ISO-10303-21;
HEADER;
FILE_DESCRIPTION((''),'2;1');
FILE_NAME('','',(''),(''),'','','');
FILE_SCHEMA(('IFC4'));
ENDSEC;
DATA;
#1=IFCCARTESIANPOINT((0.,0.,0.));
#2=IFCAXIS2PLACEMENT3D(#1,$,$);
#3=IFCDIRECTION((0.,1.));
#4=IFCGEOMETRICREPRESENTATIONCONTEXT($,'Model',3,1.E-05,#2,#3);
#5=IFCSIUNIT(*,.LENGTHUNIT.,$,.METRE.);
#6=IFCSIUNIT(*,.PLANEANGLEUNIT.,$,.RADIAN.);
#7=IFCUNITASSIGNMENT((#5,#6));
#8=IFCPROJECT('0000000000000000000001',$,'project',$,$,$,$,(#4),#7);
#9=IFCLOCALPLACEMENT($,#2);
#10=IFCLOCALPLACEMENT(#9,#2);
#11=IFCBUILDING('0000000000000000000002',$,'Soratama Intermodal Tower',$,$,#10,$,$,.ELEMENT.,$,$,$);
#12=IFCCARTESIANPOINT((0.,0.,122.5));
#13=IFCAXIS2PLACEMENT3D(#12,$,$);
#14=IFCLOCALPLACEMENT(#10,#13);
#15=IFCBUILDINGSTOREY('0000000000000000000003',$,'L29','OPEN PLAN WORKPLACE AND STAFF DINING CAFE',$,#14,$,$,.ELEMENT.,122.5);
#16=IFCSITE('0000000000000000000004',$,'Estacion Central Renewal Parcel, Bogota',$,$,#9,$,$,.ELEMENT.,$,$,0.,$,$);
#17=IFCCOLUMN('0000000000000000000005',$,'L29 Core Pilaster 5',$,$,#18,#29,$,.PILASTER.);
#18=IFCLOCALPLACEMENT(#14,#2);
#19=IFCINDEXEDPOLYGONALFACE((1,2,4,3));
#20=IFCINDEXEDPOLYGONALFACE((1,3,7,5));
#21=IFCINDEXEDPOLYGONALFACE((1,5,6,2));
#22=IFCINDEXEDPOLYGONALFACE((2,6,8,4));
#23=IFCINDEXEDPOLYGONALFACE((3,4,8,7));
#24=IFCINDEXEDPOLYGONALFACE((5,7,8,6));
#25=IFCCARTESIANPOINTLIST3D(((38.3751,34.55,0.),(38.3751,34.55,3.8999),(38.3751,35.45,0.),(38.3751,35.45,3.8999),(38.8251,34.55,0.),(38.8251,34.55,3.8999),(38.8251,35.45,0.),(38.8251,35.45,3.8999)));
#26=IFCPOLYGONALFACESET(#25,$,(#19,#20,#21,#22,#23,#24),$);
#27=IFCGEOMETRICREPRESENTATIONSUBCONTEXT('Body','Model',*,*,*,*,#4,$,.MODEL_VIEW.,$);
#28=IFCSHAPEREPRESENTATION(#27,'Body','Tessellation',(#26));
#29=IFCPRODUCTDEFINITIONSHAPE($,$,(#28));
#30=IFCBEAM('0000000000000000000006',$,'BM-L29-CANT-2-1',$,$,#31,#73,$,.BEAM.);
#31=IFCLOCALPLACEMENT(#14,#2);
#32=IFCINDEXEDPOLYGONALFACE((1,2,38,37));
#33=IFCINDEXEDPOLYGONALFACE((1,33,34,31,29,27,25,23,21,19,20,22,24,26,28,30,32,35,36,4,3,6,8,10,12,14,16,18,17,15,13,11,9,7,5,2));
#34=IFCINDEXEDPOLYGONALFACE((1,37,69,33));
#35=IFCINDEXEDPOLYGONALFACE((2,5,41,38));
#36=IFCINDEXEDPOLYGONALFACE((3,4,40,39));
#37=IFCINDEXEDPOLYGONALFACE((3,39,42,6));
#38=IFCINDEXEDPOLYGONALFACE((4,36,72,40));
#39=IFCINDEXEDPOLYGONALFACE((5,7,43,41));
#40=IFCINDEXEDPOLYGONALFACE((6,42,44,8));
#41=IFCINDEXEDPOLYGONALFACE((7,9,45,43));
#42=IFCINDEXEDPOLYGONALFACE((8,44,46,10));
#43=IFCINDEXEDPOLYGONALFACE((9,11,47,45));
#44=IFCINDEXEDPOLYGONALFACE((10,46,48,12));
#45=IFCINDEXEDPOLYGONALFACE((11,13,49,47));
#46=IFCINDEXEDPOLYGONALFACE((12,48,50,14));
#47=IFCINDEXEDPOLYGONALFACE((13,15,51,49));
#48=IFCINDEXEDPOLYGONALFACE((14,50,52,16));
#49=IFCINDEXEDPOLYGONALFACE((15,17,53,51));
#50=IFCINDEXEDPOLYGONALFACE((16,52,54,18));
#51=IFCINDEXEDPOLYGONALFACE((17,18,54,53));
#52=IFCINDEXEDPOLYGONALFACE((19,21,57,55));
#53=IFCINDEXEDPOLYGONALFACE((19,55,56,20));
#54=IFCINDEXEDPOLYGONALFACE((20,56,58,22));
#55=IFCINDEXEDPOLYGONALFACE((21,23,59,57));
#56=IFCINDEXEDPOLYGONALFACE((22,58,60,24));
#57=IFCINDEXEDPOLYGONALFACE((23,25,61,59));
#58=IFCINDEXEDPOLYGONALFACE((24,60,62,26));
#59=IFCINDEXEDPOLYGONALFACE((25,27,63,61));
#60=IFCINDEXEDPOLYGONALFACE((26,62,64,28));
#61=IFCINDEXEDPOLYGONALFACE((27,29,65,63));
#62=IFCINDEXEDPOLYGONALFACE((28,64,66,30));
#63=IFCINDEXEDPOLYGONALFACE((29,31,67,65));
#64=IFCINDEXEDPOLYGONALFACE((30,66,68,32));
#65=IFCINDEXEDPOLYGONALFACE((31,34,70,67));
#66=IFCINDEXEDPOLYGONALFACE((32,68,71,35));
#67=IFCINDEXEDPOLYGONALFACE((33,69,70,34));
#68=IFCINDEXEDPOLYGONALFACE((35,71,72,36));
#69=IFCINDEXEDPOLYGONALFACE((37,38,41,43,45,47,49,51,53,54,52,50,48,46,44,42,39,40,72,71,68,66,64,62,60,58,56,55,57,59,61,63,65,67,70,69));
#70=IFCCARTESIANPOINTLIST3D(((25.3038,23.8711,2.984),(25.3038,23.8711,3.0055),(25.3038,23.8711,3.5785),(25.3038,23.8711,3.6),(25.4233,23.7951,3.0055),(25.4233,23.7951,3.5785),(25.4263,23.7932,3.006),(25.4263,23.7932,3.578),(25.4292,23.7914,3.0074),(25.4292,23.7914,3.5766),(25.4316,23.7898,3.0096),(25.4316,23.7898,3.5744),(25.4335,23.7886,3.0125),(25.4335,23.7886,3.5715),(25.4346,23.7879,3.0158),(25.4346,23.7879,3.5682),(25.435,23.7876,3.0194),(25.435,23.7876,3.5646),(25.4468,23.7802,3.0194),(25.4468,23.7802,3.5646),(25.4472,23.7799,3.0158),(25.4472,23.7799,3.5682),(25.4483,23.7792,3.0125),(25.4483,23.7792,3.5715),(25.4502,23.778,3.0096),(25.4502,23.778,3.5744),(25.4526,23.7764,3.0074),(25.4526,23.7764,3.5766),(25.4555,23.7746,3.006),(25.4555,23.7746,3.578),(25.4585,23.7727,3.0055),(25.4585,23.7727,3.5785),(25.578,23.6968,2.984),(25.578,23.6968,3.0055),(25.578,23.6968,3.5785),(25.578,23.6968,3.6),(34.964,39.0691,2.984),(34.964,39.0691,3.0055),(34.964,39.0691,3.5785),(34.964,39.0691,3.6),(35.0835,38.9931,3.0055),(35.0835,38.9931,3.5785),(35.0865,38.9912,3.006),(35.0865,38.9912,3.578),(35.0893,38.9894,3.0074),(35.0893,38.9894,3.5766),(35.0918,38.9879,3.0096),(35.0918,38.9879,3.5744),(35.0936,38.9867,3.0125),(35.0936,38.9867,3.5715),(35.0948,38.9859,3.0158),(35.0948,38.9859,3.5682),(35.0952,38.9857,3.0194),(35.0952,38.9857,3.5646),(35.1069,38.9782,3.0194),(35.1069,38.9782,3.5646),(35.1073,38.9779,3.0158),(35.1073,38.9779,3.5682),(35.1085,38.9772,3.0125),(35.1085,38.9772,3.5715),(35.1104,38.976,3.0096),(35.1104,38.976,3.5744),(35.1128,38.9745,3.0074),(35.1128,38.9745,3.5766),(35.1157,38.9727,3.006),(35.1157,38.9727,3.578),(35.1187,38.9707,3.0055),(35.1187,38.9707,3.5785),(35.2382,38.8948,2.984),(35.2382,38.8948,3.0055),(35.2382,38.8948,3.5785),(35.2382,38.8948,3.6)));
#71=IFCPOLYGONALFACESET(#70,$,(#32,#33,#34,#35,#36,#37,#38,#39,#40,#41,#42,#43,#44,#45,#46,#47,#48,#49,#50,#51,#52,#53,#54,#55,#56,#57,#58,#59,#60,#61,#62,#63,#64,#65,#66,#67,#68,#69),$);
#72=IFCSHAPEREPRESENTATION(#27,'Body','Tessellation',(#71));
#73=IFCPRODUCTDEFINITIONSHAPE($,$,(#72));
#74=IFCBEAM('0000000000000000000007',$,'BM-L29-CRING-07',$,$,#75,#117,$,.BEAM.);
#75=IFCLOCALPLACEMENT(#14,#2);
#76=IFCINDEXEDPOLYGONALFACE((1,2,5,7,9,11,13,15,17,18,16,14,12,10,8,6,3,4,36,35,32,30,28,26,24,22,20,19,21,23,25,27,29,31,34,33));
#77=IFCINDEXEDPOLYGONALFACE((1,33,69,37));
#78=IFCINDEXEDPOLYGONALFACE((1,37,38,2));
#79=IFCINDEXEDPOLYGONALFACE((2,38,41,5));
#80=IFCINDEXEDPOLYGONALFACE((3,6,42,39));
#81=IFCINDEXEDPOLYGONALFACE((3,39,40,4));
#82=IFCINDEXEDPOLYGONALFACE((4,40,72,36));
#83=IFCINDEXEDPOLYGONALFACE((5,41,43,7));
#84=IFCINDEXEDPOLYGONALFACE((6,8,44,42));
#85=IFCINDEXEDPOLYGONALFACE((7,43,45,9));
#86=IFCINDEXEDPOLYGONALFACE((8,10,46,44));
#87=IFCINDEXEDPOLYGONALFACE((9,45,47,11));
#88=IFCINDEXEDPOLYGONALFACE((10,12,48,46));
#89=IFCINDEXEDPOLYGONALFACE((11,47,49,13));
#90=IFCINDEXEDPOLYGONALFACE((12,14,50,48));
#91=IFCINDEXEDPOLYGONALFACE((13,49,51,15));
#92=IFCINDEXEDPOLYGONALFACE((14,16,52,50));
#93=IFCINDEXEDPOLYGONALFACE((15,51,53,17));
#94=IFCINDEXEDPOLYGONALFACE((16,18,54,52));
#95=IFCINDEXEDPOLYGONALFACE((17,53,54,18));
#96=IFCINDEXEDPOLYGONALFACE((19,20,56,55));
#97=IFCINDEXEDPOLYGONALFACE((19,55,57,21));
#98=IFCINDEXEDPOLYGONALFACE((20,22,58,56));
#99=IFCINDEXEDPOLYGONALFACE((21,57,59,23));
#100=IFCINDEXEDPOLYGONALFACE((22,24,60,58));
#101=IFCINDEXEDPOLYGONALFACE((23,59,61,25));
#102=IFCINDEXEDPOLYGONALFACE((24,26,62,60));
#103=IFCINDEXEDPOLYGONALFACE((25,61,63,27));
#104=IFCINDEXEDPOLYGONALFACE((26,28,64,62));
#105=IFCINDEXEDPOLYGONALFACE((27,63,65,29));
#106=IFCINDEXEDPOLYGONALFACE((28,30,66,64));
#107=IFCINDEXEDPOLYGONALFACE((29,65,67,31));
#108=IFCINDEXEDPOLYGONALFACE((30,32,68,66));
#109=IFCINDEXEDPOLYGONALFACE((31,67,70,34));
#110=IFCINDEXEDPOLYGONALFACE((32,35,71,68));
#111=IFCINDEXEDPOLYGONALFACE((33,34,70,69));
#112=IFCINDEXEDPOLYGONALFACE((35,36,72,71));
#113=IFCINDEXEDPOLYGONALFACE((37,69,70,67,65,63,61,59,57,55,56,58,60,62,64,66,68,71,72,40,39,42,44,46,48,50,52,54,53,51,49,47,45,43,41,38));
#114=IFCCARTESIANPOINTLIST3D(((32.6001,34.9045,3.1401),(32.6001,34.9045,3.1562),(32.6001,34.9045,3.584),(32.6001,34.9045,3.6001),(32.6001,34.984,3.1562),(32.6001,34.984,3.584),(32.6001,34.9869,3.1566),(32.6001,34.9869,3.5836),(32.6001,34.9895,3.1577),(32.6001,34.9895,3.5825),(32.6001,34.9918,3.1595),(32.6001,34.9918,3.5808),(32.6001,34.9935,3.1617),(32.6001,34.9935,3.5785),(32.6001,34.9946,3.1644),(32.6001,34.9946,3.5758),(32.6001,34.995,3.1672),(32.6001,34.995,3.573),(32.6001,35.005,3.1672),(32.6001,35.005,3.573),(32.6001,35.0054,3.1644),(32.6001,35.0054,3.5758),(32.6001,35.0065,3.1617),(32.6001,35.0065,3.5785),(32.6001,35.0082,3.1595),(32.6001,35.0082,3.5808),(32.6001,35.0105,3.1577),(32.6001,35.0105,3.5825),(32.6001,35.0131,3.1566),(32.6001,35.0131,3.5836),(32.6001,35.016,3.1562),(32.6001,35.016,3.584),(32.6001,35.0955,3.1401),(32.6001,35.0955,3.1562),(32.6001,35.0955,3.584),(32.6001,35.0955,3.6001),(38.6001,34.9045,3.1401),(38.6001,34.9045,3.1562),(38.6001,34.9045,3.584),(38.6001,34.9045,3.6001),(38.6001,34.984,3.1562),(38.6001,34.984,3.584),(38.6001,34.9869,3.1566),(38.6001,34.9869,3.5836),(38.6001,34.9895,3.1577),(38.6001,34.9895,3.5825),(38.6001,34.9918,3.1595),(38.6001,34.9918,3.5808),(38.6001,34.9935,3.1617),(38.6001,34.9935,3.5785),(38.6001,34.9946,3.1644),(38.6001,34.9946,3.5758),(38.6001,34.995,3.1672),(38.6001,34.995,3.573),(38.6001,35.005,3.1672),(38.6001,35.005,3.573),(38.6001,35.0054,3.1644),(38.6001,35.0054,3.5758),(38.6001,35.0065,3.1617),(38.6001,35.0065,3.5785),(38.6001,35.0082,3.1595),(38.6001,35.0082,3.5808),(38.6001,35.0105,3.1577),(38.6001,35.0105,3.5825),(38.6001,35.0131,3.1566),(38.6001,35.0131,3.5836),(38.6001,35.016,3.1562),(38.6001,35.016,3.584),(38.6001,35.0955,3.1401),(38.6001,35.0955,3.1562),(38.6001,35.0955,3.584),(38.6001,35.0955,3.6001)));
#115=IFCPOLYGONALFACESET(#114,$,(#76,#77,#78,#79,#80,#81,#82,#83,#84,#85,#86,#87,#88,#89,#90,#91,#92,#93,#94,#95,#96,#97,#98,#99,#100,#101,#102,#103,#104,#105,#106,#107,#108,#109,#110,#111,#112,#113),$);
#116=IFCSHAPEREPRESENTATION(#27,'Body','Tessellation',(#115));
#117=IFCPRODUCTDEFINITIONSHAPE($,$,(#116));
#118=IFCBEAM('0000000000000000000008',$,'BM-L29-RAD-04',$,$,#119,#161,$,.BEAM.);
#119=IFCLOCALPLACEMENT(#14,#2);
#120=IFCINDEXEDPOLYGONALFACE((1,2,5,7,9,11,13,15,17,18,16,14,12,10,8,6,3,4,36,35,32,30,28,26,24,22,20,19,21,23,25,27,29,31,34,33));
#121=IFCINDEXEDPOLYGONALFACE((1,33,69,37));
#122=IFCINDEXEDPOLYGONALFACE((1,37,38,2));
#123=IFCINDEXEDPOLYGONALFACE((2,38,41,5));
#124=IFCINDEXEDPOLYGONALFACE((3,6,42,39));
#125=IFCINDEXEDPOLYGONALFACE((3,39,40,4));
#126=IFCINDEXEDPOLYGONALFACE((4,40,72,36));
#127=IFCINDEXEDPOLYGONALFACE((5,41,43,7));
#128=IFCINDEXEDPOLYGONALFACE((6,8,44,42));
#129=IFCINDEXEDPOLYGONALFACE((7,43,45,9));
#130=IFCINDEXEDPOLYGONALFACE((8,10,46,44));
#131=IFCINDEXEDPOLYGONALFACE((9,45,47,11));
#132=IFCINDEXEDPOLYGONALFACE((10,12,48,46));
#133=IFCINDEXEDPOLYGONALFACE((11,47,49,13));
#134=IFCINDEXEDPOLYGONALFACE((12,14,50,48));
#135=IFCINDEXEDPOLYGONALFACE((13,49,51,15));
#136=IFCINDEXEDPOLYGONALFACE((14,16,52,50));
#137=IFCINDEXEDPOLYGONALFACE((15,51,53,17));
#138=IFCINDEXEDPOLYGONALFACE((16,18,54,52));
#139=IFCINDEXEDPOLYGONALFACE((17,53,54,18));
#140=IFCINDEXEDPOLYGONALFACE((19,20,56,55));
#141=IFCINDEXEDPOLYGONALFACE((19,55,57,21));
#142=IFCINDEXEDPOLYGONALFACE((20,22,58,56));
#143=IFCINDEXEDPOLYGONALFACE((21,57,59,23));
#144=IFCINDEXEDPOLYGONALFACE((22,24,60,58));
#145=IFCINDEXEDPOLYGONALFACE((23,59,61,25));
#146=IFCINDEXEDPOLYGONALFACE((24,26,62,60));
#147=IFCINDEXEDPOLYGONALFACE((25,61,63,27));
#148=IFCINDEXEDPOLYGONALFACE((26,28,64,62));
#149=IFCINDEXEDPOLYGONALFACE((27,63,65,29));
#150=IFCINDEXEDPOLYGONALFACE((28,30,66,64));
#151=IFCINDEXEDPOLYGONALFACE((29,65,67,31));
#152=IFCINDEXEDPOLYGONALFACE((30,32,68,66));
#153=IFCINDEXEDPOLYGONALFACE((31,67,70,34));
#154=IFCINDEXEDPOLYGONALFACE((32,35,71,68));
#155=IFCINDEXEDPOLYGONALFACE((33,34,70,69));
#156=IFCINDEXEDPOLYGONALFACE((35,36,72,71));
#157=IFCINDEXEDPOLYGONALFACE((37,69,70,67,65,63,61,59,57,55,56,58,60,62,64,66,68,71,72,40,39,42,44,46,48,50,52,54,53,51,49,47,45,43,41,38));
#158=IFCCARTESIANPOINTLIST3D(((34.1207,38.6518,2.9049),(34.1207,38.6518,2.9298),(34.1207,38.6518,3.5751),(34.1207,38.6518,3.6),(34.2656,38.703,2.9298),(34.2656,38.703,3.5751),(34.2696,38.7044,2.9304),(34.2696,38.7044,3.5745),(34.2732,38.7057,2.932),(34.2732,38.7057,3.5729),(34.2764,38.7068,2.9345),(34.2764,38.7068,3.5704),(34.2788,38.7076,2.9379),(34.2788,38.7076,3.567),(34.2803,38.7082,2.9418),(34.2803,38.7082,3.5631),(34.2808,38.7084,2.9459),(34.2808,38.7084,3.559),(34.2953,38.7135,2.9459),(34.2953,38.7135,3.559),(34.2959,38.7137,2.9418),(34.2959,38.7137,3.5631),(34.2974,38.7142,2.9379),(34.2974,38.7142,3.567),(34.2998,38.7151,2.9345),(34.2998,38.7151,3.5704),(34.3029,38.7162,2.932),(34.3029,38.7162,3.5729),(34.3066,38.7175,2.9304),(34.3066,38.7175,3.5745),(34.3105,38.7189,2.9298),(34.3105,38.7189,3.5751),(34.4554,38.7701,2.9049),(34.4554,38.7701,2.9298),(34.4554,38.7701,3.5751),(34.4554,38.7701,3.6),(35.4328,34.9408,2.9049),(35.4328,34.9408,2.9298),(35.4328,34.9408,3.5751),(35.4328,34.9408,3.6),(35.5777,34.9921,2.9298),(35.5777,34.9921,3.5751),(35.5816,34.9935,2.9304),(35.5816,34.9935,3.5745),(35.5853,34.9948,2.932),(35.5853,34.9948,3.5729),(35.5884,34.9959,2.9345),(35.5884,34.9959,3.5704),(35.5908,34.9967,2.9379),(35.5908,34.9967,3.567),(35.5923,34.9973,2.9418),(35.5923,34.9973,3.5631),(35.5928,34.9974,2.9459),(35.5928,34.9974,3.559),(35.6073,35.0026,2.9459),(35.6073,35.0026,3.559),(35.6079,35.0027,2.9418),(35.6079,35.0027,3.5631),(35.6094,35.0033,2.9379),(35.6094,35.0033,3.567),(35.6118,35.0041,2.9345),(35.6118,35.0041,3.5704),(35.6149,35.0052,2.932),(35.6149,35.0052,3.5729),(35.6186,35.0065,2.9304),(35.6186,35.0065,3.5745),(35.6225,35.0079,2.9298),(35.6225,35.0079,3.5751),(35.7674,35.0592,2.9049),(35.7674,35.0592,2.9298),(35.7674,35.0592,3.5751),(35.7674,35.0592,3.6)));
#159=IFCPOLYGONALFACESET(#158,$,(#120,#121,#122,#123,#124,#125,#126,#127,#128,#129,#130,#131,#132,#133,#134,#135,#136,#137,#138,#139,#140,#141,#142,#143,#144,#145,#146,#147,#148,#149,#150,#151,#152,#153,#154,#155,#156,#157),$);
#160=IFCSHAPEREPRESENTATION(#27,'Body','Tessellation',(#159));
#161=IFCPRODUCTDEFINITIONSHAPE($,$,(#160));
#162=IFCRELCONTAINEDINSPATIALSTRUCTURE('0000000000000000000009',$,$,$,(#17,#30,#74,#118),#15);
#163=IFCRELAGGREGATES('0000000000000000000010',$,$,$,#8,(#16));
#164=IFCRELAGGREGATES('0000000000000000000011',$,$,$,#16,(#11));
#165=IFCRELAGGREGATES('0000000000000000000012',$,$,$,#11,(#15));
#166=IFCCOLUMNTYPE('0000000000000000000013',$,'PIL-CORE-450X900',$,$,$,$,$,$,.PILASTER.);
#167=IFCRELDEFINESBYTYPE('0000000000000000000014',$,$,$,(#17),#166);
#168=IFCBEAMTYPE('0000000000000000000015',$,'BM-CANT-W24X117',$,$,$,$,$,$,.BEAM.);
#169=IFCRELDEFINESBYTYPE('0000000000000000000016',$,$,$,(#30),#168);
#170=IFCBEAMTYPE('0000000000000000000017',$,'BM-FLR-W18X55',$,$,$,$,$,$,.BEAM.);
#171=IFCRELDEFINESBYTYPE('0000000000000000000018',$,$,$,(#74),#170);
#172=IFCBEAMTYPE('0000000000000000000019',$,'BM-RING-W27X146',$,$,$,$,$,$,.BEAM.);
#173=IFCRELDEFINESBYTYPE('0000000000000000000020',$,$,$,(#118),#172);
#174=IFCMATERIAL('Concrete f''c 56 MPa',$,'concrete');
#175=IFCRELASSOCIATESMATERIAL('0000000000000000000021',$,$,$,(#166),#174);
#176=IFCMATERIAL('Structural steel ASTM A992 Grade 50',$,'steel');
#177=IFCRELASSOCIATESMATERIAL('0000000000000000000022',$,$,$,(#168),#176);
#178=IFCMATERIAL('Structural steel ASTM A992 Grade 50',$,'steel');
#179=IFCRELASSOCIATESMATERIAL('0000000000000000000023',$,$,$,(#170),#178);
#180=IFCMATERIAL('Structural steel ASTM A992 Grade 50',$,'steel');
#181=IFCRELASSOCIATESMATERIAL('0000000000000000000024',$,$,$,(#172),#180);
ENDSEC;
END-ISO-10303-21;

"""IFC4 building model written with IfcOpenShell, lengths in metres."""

from ifc_helpers import new_model, si_unit, direction, frame, origin, origin_2d, place, context, subcontext, project, spatial, rectangle, i_section, extrude, material, material_profile, profile_set, type_object, element, save


model = new_model("IFC4")

# Units and contexts
model_context = context("Model", 3, precision=1e-05, world=origin(), true_north=direction((0.0, 1.0)))
body_context = subcontext(model_context, "Body", "Model", "MODEL_VIEW")
ifc_project = project(units=[si_unit("LENGTHUNIT", "METRE"), si_unit("PLANEANGLEUNIT", "RADIAN")], contexts=[model_context])

# Site, building, storey
site_placement = place(None, origin())
site = spatial("IfcSite", under=ifc_project, at=site_placement, Name="Estacion Central Renewal Parcel, Bogota", CompositionType="ELEMENT", RefElevation=0.0)
building_placement = place(site_placement, origin())
building = spatial("IfcBuilding", under=site, at=building_placement, Name="Soratama Intermodal Tower", CompositionType="ELEMENT")
storey_placement = place(building_placement, frame((0.0, 0.0, 122.5)))
storey = spatial("IfcBuildingStorey", under=building, at=storey_placement, Name="L29", Description="OPEN PLAN WORKPLACE AND STAFF DINING CAFE", CompositionType="ELEMENT", Elevation=122.5)

# Column
ifc_material_1 = material(Name="Concrete f'c 56 MPa", Category="concrete")
ifc_material_profile_1 = material_profile(ifc_material_1, rectangle(XDim=0.45, YDim=0.8999, at=origin_2d()), Name="RC450X900")
ifc_profile_set_1 = profile_set([ifc_material_profile_1], Name="Concrete f'c 56 MPa")
column_type = type_object("IfcColumnType", Name="PIL-CORE-450X900", PredefinedType="PILASTER", material=ifc_profile_set_1)
column_placement = place(storey_placement, frame((38.6001, 35.0, 0.0), z_axis=(0.0, 0.0, 1.0), x_axis=(1.0, 0.0, 0.0)))
element("IfcColumn", 1, at=column_placement, inside=storey, type_object=column_type, Name="L29 Core Pilaster 5", PredefinedType="PILASTER", context=body_context, shape_type="SweptSolid", body=[
    extrude(rectangle(XDim=0.45, YDim=0.8999, at=origin_2d()), origin(), (0.0, 0.0, 1.0), 3.8999),
])

# Beams
ifc_material_2 = material(Name="Structural steel ASTM A992 Grade 50", Category="steel")
ifc_material_profile_2 = material_profile(ifc_material_2, i_section(OverallWidth=0.325, OverallDepth=0.616, WebThickness=0.0139, FlangeThickness=0.0215, FilletRadius=0.0139, at=origin_2d()), Name="W24X117")
ifc_profile_set_2 = profile_set([ifc_material_profile_2], Name="Structural steel ASTM A992 Grade 50")
beam_type_1 = type_object("IfcBeamType", Name="BM-CANT-W24X117", PredefinedType="BEAM", material=ifc_profile_set_2)
beam_1_placement = place(storey_placement, frame((35.1011, 38.9819, 3.292), z_axis=(-0.536429, -0.843946, 0.0), x_axis=(0.843946, -0.536429, 0.0)))
element("IfcBeam", 2, at=beam_1_placement, inside=storey, type_object=beam_type_1, Name="BM-L29-CANT-2-1", PredefinedType="BEAM", context=body_context, shape_type="SweptSolid", body=[
    extrude(i_section(OverallWidth=0.325, OverallDepth=0.616, WebThickness=0.0139, FlangeThickness=0.0215, FilletRadius=0.0139, at=origin_2d()), origin(), (0.0, 0.0, 1.0), 18.0083),
])
ifc_material_3 = material(Name="Structural steel ASTM A992 Grade 50", Category="steel")
ifc_material_profile_3 = material_profile(ifc_material_3, i_section(OverallWidth=0.1909, OverallDepth=0.46, WebThickness=0.01, FlangeThickness=0.0161, FilletRadius=0.011, at=origin_2d()), Name="W18X55")
ifc_profile_set_3 = profile_set([ifc_material_profile_3], Name="Structural steel ASTM A992 Grade 50")
beam_type_2 = type_object("IfcBeamType", Name="BM-FLR-W18X55", PredefinedType="BEAM", material=ifc_profile_set_3)
beam_2_placement = place(storey_placement, frame((38.6001, 35.0, 3.3701), z_axis=(-1.0, 0.0, 0.0), x_axis=(0.0, -1.0, 0.0)))
element("IfcBeam", 3, at=beam_2_placement, inside=storey, type_object=beam_type_2, Name="BM-L29-CRING-07", PredefinedType="BEAM", context=body_context, shape_type="SweptSolid", body=[
    extrude(i_section(OverallWidth=0.1909, OverallDepth=0.46, WebThickness=0.01, FlangeThickness=0.0161, FilletRadius=0.011, at=origin_2d()), origin(), (0.0, 0.0, 1.0), 6.0),
])
ifc_material_4 = material(Name="Structural steel ASTM A992 Grade 50", Category="steel")
ifc_material_profile_4 = material_profile(ifc_material_4, i_section(OverallWidth=0.355, OverallDepth=0.6951, WebThickness=0.0154, FlangeThickness=0.0249, FilletRadius=0.0161, at=origin_2d()), Name="W27X146")
ifc_profile_set_4 = profile_set([ifc_material_profile_4], Name="Structural steel ASTM A992 Grade 50")
beam_type_3 = type_object("IfcBeamType", Name="BM-RING-W27X146", PredefinedType="BEAM", material=ifc_profile_set_4)
beam_3_placement = place(storey_placement, frame((35.6001, 35.0, 3.2524), z_axis=(-0.333333, 0.942809, 0.0), x_axis=(-0.942809, -0.333333, 0.0)))
element("IfcBeam", 4, at=beam_3_placement, inside=storey, type_object=beam_type_3, Name="BM-L29-RAD-04", PredefinedType="BEAM", context=body_context, shape_type="SweptSolid", body=[
    extrude(i_section(OverallWidth=0.355, OverallDepth=0.6951, WebThickness=0.0154, FlangeThickness=0.0249, FilletRadius=0.0161, at=origin_2d()), origin(), (0.0, 0.0, 1.0), 3.936),
])

save(model, "model.ifc")
